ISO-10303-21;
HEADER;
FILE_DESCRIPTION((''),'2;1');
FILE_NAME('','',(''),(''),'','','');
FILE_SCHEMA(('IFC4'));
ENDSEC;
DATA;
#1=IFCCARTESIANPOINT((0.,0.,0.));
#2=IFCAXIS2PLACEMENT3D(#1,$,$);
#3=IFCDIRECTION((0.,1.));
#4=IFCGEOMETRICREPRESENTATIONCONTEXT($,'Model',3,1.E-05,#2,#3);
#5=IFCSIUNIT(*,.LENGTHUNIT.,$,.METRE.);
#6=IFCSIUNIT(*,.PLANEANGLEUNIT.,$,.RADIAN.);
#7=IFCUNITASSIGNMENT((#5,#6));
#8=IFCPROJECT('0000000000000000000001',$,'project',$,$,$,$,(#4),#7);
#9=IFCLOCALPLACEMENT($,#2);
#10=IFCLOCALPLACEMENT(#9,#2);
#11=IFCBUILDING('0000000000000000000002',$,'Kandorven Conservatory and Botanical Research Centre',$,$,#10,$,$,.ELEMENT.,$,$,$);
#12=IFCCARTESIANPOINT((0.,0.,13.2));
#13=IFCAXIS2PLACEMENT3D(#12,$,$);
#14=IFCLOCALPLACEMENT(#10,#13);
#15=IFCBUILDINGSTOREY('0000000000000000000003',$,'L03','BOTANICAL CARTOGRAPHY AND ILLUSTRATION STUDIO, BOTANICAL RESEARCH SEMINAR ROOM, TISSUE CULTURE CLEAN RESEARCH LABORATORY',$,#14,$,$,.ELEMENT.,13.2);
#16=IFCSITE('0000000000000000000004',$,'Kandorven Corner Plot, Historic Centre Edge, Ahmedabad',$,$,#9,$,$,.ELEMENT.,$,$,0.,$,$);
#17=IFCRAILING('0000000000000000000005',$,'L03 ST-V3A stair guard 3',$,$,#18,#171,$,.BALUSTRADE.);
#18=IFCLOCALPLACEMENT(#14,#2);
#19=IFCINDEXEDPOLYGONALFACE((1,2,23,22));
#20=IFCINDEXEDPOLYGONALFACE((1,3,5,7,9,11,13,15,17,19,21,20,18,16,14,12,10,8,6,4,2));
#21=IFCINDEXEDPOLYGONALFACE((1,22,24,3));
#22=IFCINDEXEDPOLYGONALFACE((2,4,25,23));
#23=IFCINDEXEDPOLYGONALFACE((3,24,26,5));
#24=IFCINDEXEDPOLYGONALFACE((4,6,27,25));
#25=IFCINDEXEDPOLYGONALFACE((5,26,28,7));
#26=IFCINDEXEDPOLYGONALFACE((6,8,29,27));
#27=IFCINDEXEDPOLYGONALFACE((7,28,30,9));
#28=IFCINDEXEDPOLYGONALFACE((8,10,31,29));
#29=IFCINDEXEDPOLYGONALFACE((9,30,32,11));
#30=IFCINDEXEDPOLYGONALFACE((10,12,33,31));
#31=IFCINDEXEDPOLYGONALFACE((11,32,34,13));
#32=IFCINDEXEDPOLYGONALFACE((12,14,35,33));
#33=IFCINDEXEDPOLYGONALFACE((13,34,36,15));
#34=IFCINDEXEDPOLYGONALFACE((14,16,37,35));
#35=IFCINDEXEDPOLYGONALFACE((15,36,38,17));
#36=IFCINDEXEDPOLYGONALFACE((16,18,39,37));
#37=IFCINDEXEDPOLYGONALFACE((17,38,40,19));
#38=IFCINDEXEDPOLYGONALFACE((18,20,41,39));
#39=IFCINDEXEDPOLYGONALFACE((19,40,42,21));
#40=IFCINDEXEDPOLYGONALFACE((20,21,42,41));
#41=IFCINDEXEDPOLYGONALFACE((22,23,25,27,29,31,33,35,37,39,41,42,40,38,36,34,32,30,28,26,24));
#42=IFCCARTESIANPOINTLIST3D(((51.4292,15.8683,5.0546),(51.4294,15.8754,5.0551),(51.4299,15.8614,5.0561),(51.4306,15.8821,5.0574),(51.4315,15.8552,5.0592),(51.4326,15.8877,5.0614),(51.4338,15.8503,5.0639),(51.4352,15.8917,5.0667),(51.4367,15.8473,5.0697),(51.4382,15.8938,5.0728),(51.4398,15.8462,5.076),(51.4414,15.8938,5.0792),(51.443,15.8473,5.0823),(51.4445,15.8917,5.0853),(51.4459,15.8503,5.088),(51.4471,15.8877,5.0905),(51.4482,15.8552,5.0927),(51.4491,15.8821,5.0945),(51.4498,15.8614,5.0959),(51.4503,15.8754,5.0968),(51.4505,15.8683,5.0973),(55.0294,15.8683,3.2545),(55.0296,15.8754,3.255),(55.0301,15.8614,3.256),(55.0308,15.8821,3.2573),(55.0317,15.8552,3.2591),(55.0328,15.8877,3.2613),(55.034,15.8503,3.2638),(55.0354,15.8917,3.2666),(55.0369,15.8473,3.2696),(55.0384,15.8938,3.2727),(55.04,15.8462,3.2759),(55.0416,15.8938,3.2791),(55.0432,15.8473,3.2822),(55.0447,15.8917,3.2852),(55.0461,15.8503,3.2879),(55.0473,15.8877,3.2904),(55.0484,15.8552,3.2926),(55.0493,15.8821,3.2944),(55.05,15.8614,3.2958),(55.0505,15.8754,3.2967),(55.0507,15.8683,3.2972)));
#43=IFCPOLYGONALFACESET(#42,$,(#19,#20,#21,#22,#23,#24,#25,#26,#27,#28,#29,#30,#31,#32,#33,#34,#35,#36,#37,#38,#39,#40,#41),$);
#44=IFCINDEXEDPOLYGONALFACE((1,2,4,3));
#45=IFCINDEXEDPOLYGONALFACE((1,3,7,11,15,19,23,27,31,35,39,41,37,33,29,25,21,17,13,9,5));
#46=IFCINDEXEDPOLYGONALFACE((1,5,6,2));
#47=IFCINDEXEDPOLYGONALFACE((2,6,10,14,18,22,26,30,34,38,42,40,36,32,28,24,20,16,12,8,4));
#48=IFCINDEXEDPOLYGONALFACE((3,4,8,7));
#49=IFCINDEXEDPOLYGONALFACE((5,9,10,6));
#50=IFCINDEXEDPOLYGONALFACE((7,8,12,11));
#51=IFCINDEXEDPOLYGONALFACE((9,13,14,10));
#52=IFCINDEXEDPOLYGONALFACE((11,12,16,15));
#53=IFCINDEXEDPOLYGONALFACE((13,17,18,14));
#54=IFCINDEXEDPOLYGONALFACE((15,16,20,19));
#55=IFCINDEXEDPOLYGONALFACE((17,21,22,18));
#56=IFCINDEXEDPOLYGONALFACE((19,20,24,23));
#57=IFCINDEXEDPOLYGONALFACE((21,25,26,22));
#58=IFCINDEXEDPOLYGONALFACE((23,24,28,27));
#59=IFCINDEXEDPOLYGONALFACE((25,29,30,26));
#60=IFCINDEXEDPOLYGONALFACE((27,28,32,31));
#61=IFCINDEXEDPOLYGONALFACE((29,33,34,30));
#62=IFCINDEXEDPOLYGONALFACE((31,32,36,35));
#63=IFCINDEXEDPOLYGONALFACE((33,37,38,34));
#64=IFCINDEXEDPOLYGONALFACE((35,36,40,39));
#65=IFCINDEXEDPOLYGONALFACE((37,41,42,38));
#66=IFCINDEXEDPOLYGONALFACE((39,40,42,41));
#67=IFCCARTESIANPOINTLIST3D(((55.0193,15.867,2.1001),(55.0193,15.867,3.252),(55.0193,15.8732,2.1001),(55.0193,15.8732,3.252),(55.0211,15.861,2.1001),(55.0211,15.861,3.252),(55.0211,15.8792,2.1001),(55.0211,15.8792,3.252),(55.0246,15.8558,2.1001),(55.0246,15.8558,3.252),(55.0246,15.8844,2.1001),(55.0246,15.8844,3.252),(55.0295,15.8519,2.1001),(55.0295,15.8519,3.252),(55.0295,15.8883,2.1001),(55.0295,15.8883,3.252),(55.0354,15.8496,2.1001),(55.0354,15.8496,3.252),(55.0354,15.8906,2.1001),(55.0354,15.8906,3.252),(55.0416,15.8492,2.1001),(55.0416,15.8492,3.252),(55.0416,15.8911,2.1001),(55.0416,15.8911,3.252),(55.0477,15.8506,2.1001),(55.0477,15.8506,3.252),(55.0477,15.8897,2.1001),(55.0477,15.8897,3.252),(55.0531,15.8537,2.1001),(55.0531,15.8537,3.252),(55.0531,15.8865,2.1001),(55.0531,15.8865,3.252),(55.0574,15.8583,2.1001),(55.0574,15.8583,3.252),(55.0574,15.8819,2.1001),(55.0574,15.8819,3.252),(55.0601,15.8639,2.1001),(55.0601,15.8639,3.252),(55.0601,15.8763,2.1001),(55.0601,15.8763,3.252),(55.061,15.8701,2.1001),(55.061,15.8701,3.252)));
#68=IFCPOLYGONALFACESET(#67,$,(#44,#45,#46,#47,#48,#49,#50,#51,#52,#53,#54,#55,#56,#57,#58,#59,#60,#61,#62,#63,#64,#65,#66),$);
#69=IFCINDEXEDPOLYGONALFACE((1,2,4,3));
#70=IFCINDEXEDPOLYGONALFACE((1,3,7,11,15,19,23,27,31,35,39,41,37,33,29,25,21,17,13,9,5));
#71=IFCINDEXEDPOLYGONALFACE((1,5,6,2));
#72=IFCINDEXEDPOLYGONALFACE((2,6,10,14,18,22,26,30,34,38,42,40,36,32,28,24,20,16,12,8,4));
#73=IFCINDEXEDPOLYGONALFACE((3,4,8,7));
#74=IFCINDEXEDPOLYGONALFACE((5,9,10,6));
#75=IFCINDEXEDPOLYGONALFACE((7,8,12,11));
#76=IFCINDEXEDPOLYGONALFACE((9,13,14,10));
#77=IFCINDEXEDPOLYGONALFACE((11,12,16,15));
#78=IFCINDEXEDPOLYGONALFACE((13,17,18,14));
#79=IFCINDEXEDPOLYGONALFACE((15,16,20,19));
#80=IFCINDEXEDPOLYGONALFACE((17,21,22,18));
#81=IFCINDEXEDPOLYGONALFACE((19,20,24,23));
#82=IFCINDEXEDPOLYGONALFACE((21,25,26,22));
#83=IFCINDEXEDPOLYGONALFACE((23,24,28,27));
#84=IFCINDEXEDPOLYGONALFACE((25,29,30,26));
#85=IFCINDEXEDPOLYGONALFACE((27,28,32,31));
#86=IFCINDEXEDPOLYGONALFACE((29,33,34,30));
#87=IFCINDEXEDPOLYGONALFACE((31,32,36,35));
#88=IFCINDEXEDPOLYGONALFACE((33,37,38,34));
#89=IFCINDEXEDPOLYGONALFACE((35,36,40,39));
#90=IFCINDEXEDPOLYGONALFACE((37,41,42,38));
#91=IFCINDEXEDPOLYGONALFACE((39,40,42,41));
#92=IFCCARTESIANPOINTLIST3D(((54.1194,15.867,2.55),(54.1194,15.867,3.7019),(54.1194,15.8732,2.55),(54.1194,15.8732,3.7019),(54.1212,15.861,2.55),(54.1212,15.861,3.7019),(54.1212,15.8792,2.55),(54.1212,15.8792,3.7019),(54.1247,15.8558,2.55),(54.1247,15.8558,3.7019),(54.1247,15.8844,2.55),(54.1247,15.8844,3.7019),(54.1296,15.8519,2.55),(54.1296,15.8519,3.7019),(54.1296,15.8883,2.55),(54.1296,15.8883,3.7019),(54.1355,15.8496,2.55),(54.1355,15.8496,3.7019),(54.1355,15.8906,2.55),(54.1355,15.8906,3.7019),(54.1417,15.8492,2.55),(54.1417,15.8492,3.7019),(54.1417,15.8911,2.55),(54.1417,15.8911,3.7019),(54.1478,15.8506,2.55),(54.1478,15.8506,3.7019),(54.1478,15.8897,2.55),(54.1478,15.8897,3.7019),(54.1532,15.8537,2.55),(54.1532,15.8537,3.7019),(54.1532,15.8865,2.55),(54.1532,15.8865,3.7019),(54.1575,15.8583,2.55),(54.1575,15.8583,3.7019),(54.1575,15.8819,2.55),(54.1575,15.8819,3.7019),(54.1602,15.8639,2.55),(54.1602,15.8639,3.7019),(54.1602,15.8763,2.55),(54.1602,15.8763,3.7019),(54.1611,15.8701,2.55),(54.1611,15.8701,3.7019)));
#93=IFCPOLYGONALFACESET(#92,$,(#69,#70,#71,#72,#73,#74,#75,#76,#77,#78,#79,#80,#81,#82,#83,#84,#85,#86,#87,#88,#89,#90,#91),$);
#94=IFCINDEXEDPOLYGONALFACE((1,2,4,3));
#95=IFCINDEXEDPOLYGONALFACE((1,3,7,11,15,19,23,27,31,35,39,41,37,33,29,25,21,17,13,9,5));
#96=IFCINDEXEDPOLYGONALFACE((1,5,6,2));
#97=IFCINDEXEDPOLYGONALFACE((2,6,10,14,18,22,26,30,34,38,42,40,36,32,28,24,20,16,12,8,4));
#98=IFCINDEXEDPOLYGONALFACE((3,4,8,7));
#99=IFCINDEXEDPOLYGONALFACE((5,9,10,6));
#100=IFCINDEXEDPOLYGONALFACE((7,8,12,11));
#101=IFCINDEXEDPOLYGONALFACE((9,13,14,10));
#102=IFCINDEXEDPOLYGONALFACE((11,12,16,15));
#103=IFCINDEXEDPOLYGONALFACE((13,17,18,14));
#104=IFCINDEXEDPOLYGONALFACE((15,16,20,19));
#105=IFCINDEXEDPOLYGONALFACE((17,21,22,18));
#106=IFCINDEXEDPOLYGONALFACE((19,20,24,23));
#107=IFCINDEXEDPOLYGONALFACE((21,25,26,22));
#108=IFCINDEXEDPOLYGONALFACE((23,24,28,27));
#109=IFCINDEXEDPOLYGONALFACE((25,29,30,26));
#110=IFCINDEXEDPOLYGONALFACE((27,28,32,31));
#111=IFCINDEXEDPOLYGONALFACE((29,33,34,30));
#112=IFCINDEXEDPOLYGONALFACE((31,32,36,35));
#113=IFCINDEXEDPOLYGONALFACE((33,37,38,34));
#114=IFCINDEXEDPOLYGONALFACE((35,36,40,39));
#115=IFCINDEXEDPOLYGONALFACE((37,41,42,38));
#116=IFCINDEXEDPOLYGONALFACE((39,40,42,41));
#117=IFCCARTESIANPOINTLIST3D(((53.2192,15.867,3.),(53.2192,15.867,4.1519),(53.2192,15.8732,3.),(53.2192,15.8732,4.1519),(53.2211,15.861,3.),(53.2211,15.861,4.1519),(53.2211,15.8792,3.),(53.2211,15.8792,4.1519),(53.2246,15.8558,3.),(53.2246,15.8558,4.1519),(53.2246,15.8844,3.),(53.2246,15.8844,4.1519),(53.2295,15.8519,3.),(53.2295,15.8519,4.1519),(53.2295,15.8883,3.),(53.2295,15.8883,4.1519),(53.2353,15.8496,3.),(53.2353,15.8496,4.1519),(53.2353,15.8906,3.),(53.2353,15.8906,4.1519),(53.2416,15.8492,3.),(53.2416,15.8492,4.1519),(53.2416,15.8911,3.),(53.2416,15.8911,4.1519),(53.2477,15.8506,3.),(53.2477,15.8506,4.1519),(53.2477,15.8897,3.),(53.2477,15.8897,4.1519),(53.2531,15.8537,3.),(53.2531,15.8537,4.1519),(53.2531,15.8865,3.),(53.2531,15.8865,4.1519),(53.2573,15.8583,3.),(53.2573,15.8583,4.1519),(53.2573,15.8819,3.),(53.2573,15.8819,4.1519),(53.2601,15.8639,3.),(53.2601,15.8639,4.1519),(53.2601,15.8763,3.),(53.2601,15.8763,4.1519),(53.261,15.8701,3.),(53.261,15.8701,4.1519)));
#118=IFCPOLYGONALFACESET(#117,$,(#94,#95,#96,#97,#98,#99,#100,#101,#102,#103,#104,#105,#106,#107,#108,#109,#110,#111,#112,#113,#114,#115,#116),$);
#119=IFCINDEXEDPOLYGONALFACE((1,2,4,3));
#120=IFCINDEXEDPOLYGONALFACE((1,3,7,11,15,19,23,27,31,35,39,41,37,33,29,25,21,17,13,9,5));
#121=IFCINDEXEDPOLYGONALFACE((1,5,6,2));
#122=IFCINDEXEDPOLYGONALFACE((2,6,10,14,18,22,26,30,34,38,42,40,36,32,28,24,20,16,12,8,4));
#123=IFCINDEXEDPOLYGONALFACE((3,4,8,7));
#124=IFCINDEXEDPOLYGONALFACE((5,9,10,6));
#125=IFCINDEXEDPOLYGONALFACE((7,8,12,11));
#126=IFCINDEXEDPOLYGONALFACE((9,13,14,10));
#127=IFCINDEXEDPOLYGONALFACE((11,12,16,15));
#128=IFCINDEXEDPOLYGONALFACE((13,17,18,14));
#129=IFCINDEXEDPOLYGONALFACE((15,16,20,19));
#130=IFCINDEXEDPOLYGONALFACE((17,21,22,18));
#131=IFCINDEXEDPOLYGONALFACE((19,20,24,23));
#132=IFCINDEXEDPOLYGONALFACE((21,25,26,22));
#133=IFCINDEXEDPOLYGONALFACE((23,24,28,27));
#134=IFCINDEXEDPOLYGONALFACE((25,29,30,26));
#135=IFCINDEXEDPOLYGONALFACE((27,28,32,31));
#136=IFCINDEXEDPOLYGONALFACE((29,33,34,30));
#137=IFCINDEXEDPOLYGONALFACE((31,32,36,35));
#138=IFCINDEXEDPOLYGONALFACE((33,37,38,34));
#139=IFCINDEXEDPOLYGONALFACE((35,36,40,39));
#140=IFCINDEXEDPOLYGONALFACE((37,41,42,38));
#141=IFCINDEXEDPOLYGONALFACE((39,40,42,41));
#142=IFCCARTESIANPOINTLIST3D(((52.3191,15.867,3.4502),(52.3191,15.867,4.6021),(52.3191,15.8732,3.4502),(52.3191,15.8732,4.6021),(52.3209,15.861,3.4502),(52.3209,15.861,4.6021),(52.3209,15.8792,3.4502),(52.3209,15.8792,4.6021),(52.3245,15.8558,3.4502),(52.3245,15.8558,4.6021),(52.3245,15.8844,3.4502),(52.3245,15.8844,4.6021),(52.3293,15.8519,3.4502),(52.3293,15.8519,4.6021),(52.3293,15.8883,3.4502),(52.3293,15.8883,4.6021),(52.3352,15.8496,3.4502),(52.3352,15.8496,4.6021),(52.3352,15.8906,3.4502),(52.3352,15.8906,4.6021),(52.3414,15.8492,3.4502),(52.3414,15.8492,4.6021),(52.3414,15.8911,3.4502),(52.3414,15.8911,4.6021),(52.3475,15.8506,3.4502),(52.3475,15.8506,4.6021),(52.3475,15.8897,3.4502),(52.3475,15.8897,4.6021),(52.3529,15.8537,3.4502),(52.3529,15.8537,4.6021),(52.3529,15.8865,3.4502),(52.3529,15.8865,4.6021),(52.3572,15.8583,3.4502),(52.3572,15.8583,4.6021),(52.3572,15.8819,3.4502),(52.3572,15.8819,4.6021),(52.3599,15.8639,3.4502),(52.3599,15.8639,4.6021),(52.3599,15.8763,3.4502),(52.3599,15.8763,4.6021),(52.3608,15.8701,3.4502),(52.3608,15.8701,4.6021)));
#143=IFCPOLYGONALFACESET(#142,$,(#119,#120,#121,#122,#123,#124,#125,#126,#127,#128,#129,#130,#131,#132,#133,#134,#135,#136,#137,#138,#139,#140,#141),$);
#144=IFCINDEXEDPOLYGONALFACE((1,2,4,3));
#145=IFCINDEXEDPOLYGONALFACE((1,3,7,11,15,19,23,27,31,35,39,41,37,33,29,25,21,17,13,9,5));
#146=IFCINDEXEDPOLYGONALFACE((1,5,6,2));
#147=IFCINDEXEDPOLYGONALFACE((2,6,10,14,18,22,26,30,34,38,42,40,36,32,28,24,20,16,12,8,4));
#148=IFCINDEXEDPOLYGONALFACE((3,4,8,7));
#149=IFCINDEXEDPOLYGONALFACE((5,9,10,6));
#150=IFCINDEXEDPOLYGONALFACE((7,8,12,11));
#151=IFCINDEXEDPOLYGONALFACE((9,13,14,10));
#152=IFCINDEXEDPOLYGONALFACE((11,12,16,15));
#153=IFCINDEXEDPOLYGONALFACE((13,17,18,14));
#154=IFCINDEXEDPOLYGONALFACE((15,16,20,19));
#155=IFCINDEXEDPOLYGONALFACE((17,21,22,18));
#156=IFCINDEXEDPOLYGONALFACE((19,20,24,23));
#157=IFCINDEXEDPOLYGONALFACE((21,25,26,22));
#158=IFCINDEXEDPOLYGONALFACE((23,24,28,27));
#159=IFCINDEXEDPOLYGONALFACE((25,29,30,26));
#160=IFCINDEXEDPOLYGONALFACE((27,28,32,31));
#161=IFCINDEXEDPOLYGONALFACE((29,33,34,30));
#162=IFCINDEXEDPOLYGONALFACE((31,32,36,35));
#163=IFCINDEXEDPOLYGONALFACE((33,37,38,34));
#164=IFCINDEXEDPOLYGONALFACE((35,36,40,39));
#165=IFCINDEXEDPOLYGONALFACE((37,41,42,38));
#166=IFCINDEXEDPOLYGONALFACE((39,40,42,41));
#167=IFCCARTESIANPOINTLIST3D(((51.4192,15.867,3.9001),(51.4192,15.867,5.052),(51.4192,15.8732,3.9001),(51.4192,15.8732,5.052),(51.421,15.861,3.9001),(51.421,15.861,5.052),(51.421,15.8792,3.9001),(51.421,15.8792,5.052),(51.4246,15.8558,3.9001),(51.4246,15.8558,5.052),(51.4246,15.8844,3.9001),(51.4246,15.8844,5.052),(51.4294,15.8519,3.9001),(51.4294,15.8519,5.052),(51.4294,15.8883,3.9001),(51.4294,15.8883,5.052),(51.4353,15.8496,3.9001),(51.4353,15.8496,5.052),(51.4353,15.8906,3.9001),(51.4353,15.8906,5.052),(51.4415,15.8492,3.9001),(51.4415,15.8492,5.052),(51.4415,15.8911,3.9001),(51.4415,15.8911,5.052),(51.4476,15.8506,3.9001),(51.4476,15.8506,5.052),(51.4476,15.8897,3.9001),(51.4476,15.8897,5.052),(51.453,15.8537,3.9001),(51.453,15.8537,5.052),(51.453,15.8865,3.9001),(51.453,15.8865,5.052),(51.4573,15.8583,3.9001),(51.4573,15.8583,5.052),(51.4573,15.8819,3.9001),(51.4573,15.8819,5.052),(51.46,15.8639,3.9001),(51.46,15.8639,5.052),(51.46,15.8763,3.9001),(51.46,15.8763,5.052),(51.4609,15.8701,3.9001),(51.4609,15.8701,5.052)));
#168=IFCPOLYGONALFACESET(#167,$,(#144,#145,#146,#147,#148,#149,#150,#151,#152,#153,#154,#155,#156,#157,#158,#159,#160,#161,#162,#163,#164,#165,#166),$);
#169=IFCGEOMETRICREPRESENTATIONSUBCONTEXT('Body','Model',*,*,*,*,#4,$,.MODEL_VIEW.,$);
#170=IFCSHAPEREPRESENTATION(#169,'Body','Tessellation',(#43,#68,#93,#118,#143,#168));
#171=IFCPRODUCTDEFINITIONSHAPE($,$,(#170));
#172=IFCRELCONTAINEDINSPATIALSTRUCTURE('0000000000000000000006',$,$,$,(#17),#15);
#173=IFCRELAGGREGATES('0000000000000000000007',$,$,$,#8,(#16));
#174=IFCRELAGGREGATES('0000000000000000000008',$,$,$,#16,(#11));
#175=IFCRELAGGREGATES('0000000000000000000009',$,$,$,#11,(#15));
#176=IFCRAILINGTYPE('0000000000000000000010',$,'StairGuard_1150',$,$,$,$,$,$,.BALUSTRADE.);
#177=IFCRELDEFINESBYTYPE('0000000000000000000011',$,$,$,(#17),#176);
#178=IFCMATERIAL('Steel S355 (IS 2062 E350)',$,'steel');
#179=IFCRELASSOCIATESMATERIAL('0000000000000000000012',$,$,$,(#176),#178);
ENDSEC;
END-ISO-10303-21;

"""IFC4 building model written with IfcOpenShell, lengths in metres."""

from ifc_helpers import new_model, si_unit, direction, frame, origin, origin_2d, place, context, subcontext, project, spatial, circle, extrude, material, type_object, element, save


model = new_model("IFC4")

# Units and contexts
model_context = context("Model", 3, precision=1e-05, world=origin(), true_north=direction((0.0, 1.0)))
body_context = subcontext(model_context, "Body", "Model", "MODEL_VIEW")
ifc_project = project(units=[si_unit("LENGTHUNIT", "METRE"), si_unit("PLANEANGLEUNIT", "RADIAN")], contexts=[model_context])

# Site, building, storey
site_placement = place(None, origin())
site = spatial("IfcSite", under=ifc_project, at=site_placement, Name="Kandorven Corner Plot, Historic Centre Edge, Ahmedabad", CompositionType="ELEMENT", RefElevation=0.0)
building_placement = place(site_placement, origin())
building = spatial("IfcBuilding", under=site, at=building_placement, Name="Kandorven Conservatory and Botanical Research Centre", CompositionType="ELEMENT")
storey_placement = place(building_placement, frame((0.0, 0.0, 13.2)))
storey = spatial("IfcBuildingStorey", under=building, at=storey_placement, Name="L03", Description="BOTANICAL CARTOGRAPHY AND ILLUSTRATION STUDIO, BOTANICAL RESEARCH SEMINAR ROOM, TISSUE CULTURE CLEAN RESEARCH LABORATORY", CompositionType="ELEMENT", Elevation=13.2)

# Railing
ifc_material_1 = material(Name="Steel S355 (IS 2062 E350)", Category="steel")
railing_type_1 = type_object("IfcRailingType", Name="StairGuard_1150", PredefinedType="BALUSTRADE", material=ifc_material_1)
railing_1_placement = place(storey_placement, frame((55.04, 15.8701, 2.1001)))
element("IfcRailing", 1, at=railing_1_placement, inside=storey, type_object=railing_type_1, Name="L03 ST-V3A stair guard 3", PredefinedType="BALUSTRADE", context=body_context, shape_type="SweptSolid", body=[
    extrude(circle(Radius=0.0239, at=origin_2d()), frame((0.0, 0.0, 1.1758), z_axis=(-0.894427, 0.0, 0.447214), x_axis=(0.0, -1.0, 0.0)), (0.0, 0.0, 1.0), 4.0251),
    extrude(circle(Radius=0.021, at=origin_2d()), origin(), (0.0, 0.0, 1.0), 1.1519),
    extrude(circle(Radius=0.021, at=origin_2d()), frame((-0.8999, 0.0, 0.45)), (0.0, 0.0, 1.0), 1.1519),
    extrude(circle(Radius=0.021, at=origin_2d()), frame((-1.8, 0.0, 0.8999)), (0.0, 0.0, 1.0), 1.1519),
    extrude(circle(Radius=0.021, at=origin_2d()), frame((-2.7002, 0.0, 1.3501)), (0.0, 0.0, 1.0), 1.1519),
    extrude(circle(Radius=0.021, at=origin_2d()), frame((-3.6001, 0.0, 1.8)), (0.0, 0.0, 1.0), 1.1519),
])

save(model, "model.ifc")
